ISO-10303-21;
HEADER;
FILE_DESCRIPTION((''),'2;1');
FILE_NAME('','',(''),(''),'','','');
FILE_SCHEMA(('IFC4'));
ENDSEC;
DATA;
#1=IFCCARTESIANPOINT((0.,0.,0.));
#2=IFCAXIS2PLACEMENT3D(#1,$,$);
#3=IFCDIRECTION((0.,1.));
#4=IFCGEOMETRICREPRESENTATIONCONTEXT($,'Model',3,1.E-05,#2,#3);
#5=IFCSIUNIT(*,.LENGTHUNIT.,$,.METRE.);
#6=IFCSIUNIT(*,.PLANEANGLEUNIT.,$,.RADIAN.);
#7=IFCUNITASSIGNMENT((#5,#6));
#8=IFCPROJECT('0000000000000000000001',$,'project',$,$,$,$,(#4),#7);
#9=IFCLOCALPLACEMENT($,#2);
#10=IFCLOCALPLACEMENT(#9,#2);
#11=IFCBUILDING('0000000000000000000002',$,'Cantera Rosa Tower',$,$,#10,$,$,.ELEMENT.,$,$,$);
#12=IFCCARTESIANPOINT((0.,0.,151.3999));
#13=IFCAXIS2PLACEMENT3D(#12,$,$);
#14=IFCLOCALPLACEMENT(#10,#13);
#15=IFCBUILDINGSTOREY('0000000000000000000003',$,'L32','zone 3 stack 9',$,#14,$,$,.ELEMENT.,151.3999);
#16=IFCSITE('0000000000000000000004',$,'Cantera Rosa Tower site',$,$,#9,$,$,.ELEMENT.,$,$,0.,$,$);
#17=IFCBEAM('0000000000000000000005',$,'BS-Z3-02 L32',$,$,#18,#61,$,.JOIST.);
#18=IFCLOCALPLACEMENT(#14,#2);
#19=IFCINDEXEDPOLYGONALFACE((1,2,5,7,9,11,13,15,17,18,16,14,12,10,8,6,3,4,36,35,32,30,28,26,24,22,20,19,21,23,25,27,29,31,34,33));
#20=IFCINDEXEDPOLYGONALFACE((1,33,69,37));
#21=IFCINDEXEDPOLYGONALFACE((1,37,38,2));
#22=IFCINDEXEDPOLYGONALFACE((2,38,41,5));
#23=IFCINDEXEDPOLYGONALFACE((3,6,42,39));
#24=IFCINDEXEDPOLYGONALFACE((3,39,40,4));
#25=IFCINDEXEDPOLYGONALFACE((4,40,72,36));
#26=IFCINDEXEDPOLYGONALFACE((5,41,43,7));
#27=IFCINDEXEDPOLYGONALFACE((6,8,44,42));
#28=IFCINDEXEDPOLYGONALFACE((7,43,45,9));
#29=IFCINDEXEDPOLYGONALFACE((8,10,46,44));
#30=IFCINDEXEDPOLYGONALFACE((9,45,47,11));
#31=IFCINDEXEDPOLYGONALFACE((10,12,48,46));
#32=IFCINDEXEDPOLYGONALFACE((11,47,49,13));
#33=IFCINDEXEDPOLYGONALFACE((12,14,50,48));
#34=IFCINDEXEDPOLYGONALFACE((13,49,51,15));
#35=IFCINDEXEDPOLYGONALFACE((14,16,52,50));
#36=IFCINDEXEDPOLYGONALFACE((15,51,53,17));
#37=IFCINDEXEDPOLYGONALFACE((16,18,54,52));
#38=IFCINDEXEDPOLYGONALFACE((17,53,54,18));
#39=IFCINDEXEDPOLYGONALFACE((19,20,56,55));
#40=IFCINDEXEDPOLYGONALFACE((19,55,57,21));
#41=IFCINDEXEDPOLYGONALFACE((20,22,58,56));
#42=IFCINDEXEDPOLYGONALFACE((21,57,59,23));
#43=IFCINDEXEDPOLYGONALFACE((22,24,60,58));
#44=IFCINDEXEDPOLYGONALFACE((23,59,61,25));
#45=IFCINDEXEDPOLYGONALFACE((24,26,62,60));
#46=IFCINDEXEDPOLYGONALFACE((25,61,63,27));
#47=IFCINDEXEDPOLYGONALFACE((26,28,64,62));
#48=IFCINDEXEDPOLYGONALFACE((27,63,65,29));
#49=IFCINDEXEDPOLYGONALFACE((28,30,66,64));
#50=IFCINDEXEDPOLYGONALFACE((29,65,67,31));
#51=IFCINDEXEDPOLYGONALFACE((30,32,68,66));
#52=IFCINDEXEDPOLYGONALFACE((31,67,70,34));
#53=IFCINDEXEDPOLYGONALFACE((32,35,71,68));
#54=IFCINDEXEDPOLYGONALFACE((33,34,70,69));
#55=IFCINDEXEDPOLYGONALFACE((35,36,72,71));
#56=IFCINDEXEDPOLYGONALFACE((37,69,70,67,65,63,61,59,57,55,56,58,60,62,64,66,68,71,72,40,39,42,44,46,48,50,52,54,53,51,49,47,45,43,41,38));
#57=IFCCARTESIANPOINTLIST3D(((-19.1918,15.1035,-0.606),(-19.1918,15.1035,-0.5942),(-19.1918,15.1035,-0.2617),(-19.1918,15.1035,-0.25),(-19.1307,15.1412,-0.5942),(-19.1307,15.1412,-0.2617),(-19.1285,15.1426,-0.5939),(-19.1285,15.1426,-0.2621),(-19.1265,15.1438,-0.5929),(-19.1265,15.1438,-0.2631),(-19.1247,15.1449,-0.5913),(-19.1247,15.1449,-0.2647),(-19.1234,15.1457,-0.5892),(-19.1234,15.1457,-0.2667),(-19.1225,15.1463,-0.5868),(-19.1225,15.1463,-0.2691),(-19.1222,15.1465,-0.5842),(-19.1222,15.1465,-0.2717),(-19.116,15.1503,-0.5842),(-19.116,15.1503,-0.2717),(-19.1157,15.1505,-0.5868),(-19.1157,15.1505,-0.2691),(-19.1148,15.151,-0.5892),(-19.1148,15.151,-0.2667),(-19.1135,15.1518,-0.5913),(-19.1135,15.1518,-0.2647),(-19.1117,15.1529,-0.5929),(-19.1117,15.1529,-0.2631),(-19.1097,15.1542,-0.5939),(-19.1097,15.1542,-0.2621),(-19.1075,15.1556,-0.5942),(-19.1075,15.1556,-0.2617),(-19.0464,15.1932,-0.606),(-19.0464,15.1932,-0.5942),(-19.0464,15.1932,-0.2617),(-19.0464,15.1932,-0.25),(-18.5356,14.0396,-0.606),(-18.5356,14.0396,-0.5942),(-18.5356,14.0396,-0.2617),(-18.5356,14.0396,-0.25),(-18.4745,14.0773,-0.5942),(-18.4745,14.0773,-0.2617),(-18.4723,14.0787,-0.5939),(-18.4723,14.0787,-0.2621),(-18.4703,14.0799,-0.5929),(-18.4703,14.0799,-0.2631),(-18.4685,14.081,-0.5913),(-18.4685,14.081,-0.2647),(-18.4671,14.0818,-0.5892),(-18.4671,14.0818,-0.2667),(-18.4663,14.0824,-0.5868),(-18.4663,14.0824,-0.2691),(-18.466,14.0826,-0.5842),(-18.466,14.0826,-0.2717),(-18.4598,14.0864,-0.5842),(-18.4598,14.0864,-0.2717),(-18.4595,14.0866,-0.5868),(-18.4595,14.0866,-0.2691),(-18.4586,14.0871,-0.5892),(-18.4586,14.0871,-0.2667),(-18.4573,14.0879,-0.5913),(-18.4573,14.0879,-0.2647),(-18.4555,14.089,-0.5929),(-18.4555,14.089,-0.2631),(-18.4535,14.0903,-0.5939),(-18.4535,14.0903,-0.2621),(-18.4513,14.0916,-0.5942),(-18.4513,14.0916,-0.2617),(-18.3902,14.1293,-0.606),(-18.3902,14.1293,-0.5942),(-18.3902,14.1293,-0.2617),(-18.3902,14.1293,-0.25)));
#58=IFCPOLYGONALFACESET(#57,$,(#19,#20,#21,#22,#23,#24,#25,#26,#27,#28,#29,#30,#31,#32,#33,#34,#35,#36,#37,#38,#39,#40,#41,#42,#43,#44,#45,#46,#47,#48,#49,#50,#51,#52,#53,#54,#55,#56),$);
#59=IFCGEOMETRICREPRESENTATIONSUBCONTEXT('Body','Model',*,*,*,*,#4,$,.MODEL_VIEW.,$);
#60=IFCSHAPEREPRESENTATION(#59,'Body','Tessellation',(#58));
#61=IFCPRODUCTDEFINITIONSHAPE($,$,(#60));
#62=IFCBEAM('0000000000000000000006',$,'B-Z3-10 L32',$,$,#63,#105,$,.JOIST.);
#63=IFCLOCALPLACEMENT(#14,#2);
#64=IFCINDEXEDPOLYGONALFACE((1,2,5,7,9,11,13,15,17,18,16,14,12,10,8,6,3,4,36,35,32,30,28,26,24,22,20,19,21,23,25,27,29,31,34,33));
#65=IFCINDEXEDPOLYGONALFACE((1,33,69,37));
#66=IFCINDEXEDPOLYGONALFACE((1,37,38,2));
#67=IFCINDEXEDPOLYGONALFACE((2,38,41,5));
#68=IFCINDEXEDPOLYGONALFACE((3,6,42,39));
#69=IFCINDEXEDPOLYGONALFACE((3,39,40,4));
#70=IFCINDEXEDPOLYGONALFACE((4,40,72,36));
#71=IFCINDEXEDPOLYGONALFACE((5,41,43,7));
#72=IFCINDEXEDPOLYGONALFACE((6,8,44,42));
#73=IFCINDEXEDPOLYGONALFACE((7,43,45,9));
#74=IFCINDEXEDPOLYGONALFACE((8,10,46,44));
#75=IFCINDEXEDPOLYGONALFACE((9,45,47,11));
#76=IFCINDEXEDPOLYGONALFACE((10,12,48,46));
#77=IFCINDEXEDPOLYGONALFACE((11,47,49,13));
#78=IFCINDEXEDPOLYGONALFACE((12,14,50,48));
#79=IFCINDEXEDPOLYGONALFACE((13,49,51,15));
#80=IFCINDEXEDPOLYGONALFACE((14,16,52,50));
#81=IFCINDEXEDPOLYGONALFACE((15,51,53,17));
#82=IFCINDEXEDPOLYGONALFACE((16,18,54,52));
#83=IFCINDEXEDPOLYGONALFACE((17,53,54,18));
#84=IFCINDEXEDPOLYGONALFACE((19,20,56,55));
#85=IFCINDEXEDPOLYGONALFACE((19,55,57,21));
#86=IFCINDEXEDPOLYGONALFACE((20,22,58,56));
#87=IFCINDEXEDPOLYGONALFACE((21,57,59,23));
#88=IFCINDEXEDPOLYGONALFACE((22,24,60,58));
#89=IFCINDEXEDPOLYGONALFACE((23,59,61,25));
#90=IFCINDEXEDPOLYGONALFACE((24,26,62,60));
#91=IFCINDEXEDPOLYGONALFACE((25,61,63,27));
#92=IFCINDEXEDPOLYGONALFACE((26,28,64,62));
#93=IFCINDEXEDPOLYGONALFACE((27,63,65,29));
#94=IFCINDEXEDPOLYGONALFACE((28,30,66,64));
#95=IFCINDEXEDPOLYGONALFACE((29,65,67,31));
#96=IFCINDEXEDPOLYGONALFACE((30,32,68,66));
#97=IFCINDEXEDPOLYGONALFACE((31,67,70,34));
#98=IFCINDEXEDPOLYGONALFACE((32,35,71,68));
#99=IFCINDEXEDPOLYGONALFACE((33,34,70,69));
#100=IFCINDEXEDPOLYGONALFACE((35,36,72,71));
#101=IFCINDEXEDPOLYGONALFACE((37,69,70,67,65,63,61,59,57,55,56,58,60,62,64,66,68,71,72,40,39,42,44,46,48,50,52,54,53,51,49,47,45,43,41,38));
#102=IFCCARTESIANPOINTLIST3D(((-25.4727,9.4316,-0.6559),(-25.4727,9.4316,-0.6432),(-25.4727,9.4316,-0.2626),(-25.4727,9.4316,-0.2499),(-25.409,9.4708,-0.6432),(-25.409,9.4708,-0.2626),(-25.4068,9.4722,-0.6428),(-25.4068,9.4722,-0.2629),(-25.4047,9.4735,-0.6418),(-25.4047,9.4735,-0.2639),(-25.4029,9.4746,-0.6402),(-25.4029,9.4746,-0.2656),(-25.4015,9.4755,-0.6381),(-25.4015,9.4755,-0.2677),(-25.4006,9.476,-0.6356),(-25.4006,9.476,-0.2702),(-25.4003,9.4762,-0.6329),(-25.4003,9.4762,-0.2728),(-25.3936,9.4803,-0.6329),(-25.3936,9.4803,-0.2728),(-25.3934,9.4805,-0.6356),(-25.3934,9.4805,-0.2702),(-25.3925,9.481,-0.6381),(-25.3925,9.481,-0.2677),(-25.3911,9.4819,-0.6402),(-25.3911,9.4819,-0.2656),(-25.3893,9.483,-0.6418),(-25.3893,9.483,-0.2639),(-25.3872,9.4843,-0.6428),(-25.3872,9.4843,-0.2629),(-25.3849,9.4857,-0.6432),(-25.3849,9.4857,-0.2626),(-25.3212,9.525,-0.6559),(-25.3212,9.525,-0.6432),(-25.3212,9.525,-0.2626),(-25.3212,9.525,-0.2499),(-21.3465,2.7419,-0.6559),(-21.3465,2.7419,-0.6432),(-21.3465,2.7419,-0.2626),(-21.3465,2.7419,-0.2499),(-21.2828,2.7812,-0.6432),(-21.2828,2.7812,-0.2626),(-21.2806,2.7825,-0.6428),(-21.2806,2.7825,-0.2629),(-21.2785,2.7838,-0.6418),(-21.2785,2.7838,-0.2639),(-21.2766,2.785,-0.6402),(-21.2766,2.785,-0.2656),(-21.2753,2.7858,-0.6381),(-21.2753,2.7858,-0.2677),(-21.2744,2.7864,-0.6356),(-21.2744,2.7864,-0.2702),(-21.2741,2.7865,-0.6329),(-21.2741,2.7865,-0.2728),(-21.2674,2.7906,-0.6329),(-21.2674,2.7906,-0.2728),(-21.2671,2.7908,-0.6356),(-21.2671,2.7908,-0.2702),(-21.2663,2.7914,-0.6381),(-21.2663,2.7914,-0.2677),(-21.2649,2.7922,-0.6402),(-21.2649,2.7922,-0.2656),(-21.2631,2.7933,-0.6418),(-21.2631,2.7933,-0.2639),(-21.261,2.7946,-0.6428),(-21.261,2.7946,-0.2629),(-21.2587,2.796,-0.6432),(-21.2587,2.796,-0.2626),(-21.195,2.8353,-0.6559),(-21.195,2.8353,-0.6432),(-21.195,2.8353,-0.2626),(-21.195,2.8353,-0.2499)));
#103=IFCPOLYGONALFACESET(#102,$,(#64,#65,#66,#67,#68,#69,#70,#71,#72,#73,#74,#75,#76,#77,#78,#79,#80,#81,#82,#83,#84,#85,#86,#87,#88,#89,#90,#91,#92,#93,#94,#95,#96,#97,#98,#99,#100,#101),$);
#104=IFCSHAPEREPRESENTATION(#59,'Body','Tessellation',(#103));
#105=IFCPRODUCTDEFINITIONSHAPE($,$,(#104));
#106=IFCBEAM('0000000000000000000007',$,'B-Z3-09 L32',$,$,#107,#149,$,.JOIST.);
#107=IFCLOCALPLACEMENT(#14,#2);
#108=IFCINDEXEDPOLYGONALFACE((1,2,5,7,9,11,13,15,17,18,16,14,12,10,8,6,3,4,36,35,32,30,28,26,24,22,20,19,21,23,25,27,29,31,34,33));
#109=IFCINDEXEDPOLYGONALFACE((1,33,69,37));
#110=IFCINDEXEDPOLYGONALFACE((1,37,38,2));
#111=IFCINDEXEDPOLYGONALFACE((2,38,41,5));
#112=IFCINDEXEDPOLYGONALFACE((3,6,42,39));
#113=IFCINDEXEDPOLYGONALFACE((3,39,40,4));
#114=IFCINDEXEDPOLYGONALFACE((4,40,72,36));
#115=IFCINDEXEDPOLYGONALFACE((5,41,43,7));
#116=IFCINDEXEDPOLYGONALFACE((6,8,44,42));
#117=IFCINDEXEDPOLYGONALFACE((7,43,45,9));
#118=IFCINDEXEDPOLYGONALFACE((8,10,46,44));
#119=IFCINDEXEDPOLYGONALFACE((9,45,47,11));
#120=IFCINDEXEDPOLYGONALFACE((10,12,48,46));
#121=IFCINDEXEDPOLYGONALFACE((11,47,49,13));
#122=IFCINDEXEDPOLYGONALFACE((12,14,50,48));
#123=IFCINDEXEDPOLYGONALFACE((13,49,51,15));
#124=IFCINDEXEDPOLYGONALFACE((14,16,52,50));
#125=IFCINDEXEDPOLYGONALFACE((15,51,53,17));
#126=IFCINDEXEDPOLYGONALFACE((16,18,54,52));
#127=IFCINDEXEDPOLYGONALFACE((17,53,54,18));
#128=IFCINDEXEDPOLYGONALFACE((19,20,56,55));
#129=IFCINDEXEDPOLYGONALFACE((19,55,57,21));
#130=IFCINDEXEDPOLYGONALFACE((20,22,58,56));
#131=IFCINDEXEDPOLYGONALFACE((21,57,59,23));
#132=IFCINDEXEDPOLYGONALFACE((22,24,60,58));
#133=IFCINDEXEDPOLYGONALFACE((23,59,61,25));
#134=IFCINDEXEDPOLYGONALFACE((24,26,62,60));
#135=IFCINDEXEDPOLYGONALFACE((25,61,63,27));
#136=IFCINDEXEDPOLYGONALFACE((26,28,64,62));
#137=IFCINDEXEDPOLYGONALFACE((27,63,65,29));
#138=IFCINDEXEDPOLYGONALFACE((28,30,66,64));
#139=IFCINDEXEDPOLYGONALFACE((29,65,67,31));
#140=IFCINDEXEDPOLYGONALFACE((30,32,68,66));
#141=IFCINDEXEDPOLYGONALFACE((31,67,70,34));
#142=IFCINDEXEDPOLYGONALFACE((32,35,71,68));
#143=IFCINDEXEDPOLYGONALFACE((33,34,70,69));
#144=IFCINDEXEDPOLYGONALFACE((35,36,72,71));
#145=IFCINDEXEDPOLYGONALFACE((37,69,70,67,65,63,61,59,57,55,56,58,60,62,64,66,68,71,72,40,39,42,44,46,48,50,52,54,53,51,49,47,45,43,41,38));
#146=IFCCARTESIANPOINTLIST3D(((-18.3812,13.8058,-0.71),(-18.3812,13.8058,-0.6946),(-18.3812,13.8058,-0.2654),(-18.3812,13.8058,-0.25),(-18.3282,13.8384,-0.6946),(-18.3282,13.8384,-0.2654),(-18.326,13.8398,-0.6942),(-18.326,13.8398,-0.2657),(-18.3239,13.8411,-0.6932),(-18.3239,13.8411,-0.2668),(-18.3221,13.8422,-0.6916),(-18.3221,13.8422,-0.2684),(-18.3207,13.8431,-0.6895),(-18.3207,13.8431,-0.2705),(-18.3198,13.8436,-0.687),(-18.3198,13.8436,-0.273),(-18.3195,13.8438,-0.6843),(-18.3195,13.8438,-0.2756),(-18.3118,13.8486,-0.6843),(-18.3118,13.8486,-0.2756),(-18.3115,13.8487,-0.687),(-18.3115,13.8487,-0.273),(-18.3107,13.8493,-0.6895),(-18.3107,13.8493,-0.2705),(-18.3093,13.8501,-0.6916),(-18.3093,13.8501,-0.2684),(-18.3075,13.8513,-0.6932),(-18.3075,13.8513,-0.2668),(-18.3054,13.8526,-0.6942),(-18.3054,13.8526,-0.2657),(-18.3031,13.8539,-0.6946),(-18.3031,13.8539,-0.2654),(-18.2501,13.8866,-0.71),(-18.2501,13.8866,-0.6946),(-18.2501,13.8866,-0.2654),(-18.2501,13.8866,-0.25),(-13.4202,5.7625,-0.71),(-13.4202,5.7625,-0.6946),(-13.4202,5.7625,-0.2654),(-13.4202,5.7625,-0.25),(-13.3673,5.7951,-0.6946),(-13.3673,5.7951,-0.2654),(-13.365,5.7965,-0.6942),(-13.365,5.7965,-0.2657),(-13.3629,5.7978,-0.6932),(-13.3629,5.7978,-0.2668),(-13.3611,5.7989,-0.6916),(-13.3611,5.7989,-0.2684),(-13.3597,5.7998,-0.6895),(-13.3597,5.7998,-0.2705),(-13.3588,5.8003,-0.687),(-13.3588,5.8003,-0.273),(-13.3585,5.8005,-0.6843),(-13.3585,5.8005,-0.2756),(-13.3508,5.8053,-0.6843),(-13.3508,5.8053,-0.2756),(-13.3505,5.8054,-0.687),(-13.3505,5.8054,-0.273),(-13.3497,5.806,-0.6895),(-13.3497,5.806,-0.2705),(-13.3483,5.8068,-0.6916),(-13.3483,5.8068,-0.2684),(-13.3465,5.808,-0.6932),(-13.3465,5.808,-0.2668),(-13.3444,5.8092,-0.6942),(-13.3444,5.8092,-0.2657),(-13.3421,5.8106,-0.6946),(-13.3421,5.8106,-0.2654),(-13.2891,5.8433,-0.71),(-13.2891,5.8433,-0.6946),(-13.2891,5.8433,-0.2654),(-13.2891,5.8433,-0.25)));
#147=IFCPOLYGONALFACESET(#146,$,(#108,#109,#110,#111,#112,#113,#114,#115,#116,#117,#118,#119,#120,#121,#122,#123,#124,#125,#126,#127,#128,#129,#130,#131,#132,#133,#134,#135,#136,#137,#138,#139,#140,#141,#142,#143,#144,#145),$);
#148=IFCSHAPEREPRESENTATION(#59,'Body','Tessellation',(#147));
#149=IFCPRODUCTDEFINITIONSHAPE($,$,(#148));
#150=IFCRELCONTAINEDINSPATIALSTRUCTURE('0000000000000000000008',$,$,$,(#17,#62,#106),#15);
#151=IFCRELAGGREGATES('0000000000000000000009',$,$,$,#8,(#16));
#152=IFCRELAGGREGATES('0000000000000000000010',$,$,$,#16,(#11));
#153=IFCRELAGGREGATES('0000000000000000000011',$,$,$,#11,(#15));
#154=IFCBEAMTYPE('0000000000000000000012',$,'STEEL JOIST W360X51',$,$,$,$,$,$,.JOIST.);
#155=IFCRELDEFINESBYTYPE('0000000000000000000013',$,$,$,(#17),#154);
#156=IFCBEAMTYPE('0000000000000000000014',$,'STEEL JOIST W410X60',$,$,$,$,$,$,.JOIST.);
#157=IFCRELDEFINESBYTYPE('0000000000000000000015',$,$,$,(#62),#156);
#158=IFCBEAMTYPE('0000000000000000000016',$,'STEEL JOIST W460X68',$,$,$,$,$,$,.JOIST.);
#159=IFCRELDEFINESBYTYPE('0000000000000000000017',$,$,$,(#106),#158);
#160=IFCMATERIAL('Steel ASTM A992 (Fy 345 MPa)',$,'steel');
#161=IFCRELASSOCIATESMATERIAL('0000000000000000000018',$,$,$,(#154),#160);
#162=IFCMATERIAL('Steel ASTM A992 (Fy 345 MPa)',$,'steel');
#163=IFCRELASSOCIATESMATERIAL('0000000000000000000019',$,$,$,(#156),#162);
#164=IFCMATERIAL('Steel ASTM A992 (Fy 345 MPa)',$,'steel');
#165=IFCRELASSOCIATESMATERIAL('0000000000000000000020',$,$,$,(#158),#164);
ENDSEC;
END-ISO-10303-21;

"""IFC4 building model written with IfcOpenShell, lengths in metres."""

from ifc_helpers import new_model, si_unit, direction, frame, origin, origin_2d, place, context, subcontext, project, spatial, i_section, extrude, material, material_profile, profile_set, type_object, element, save


model = new_model("IFC4")

# Units and contexts
model_context = context("Model", 3, precision=1e-05, world=origin(), true_north=direction((0.0, 1.0)))
body_context = subcontext(model_context, "Body", "Model", "MODEL_VIEW")
ifc_project = project(units=[si_unit("LENGTHUNIT", "METRE"), si_unit("PLANEANGLEUNIT", "RADIAN")], contexts=[model_context])

# Site, building, storey
site_placement = place(None, origin())
site = spatial("IfcSite", under=ifc_project, at=site_placement, Name="Cantera Rosa Tower site", CompositionType="ELEMENT", RefElevation=0.0)
building_placement = place(site_placement, origin())
building = spatial("IfcBuilding", under=site, at=building_placement, Name="Cantera Rosa Tower", CompositionType="ELEMENT")
storey_placement = place(building_placement, frame((0.0, 0.0, 151.3999)))
storey = spatial("IfcBuildingStorey", under=building, at=storey_placement, Name="L32", Description="zone 3 stack 9", CompositionType="ELEMENT", Elevation=151.3999)

# Beams
ifc_material_1 = material(Name="Steel ASTM A992 (Fy 345 MPa)", Category="steel")
ifc_material_profile_1 = material_profile(ifc_material_1, i_section(OverallWidth=0.1709, OverallDepth=0.356, WebThickness=0.0073, FlangeThickness=0.0117, FilletRadius=0.01, at=origin_2d()), Name="W360X51")
ifc_profile_set_1 = profile_set([ifc_material_profile_1], Name="Steel ASTM A992 (Fy 345 MPa)")
beam_type_1 = type_object("IfcBeamType", Name="STEEL JOIST W360X51", PredefinedType="JOIST", material=ifc_profile_set_1)
beam_1_placement = place(storey_placement, frame((-18.4629, 14.0845, -0.428), z_axis=(-0.524969, 0.851121, 0.0), x_axis=(-0.851121, -0.524969, 0.0)))
element("IfcBeam", 1, at=beam_1_placement, inside=storey, type_object=beam_type_1, Name="BS-Z3-02 L32", PredefinedType="JOIST", context=body_context, shape_type="SweptSolid", body=[
    extrude(i_section(OverallWidth=0.1709, OverallDepth=0.356, WebThickness=0.0073, FlangeThickness=0.0117, FilletRadius=0.01, at=origin_2d()), origin(), (0.0, 0.0, 1.0), 1.25),
])
ifc_material_2 = material(Name="Steel ASTM A992 (Fy 345 MPa)", Category="steel")
ifc_material_profile_2 = material_profile(ifc_material_2, i_section(OverallWidth=0.178, OverallDepth=0.406, WebThickness=0.0078, FlangeThickness=0.0127, FilletRadius=0.0103, at=origin_2d()), Name="W410X60")
ifc_profile_set_2 = profile_set([ifc_material_profile_2], Name="Steel ASTM A992 (Fy 345 MPa)")
beam_type_2 = type_object("IfcBeamType", Name="STEEL JOIST W410X60", PredefinedType="JOIST", material=ifc_profile_set_2)
beam_2_placement = place(storey_placement, frame((-25.397, 9.4783, -0.4529), z_axis=(0.524972, -0.851119, 0.0), x_axis=(0.851119, 0.524972, 0.0)))
element("IfcBeam", 2, at=beam_2_placement, inside=storey, type_object=beam_type_2, Name="B-Z3-10 L32", PredefinedType="JOIST", context=body_context, shape_type="SweptSolid", body=[
    extrude(i_section(OverallWidth=0.178, OverallDepth=0.406, WebThickness=0.0078, FlangeThickness=0.0127, FilletRadius=0.0103, at=origin_2d()), origin(), (0.0, 0.0, 1.0), 7.8599),
])
ifc_material_3 = material(Name="Steel ASTM A992 (Fy 345 MPa)", Category="steel")
ifc_material_profile_3 = material_profile(ifc_material_3, i_section(OverallWidth=0.1541, OverallDepth=0.46, WebThickness=0.009, FlangeThickness=0.0154, FilletRadius=0.0103, at=origin_2d()), Name="W460X68")
ifc_profile_set_3 = profile_set([ifc_material_profile_3], Name="Steel ASTM A992 (Fy 345 MPa)")
beam_type_3 = type_object("IfcBeamType", Name="STEEL JOIST W460X68", PredefinedType="JOIST", material=ifc_profile_set_3)
beam_3_placement = place(storey_placement, frame((-18.3157, 13.8462, -0.48), z_axis=(0.524962, -0.851126, 0.0), x_axis=(0.851126, 0.524962, 0.0)))
element("IfcBeam", 3, at=beam_3_placement, inside=storey, type_object=beam_type_3, Name="B-Z3-09 L32", PredefinedType="JOIST", context=body_context, shape_type="SweptSolid", body=[
    extrude(i_section(OverallWidth=0.1541, OverallDepth=0.46, WebThickness=0.009, FlangeThickness=0.0154, FilletRadius=0.0103, at=origin_2d()), origin(), (0.0, 0.0, 1.0), 9.4502),
])

save(model, "model.ifc")
